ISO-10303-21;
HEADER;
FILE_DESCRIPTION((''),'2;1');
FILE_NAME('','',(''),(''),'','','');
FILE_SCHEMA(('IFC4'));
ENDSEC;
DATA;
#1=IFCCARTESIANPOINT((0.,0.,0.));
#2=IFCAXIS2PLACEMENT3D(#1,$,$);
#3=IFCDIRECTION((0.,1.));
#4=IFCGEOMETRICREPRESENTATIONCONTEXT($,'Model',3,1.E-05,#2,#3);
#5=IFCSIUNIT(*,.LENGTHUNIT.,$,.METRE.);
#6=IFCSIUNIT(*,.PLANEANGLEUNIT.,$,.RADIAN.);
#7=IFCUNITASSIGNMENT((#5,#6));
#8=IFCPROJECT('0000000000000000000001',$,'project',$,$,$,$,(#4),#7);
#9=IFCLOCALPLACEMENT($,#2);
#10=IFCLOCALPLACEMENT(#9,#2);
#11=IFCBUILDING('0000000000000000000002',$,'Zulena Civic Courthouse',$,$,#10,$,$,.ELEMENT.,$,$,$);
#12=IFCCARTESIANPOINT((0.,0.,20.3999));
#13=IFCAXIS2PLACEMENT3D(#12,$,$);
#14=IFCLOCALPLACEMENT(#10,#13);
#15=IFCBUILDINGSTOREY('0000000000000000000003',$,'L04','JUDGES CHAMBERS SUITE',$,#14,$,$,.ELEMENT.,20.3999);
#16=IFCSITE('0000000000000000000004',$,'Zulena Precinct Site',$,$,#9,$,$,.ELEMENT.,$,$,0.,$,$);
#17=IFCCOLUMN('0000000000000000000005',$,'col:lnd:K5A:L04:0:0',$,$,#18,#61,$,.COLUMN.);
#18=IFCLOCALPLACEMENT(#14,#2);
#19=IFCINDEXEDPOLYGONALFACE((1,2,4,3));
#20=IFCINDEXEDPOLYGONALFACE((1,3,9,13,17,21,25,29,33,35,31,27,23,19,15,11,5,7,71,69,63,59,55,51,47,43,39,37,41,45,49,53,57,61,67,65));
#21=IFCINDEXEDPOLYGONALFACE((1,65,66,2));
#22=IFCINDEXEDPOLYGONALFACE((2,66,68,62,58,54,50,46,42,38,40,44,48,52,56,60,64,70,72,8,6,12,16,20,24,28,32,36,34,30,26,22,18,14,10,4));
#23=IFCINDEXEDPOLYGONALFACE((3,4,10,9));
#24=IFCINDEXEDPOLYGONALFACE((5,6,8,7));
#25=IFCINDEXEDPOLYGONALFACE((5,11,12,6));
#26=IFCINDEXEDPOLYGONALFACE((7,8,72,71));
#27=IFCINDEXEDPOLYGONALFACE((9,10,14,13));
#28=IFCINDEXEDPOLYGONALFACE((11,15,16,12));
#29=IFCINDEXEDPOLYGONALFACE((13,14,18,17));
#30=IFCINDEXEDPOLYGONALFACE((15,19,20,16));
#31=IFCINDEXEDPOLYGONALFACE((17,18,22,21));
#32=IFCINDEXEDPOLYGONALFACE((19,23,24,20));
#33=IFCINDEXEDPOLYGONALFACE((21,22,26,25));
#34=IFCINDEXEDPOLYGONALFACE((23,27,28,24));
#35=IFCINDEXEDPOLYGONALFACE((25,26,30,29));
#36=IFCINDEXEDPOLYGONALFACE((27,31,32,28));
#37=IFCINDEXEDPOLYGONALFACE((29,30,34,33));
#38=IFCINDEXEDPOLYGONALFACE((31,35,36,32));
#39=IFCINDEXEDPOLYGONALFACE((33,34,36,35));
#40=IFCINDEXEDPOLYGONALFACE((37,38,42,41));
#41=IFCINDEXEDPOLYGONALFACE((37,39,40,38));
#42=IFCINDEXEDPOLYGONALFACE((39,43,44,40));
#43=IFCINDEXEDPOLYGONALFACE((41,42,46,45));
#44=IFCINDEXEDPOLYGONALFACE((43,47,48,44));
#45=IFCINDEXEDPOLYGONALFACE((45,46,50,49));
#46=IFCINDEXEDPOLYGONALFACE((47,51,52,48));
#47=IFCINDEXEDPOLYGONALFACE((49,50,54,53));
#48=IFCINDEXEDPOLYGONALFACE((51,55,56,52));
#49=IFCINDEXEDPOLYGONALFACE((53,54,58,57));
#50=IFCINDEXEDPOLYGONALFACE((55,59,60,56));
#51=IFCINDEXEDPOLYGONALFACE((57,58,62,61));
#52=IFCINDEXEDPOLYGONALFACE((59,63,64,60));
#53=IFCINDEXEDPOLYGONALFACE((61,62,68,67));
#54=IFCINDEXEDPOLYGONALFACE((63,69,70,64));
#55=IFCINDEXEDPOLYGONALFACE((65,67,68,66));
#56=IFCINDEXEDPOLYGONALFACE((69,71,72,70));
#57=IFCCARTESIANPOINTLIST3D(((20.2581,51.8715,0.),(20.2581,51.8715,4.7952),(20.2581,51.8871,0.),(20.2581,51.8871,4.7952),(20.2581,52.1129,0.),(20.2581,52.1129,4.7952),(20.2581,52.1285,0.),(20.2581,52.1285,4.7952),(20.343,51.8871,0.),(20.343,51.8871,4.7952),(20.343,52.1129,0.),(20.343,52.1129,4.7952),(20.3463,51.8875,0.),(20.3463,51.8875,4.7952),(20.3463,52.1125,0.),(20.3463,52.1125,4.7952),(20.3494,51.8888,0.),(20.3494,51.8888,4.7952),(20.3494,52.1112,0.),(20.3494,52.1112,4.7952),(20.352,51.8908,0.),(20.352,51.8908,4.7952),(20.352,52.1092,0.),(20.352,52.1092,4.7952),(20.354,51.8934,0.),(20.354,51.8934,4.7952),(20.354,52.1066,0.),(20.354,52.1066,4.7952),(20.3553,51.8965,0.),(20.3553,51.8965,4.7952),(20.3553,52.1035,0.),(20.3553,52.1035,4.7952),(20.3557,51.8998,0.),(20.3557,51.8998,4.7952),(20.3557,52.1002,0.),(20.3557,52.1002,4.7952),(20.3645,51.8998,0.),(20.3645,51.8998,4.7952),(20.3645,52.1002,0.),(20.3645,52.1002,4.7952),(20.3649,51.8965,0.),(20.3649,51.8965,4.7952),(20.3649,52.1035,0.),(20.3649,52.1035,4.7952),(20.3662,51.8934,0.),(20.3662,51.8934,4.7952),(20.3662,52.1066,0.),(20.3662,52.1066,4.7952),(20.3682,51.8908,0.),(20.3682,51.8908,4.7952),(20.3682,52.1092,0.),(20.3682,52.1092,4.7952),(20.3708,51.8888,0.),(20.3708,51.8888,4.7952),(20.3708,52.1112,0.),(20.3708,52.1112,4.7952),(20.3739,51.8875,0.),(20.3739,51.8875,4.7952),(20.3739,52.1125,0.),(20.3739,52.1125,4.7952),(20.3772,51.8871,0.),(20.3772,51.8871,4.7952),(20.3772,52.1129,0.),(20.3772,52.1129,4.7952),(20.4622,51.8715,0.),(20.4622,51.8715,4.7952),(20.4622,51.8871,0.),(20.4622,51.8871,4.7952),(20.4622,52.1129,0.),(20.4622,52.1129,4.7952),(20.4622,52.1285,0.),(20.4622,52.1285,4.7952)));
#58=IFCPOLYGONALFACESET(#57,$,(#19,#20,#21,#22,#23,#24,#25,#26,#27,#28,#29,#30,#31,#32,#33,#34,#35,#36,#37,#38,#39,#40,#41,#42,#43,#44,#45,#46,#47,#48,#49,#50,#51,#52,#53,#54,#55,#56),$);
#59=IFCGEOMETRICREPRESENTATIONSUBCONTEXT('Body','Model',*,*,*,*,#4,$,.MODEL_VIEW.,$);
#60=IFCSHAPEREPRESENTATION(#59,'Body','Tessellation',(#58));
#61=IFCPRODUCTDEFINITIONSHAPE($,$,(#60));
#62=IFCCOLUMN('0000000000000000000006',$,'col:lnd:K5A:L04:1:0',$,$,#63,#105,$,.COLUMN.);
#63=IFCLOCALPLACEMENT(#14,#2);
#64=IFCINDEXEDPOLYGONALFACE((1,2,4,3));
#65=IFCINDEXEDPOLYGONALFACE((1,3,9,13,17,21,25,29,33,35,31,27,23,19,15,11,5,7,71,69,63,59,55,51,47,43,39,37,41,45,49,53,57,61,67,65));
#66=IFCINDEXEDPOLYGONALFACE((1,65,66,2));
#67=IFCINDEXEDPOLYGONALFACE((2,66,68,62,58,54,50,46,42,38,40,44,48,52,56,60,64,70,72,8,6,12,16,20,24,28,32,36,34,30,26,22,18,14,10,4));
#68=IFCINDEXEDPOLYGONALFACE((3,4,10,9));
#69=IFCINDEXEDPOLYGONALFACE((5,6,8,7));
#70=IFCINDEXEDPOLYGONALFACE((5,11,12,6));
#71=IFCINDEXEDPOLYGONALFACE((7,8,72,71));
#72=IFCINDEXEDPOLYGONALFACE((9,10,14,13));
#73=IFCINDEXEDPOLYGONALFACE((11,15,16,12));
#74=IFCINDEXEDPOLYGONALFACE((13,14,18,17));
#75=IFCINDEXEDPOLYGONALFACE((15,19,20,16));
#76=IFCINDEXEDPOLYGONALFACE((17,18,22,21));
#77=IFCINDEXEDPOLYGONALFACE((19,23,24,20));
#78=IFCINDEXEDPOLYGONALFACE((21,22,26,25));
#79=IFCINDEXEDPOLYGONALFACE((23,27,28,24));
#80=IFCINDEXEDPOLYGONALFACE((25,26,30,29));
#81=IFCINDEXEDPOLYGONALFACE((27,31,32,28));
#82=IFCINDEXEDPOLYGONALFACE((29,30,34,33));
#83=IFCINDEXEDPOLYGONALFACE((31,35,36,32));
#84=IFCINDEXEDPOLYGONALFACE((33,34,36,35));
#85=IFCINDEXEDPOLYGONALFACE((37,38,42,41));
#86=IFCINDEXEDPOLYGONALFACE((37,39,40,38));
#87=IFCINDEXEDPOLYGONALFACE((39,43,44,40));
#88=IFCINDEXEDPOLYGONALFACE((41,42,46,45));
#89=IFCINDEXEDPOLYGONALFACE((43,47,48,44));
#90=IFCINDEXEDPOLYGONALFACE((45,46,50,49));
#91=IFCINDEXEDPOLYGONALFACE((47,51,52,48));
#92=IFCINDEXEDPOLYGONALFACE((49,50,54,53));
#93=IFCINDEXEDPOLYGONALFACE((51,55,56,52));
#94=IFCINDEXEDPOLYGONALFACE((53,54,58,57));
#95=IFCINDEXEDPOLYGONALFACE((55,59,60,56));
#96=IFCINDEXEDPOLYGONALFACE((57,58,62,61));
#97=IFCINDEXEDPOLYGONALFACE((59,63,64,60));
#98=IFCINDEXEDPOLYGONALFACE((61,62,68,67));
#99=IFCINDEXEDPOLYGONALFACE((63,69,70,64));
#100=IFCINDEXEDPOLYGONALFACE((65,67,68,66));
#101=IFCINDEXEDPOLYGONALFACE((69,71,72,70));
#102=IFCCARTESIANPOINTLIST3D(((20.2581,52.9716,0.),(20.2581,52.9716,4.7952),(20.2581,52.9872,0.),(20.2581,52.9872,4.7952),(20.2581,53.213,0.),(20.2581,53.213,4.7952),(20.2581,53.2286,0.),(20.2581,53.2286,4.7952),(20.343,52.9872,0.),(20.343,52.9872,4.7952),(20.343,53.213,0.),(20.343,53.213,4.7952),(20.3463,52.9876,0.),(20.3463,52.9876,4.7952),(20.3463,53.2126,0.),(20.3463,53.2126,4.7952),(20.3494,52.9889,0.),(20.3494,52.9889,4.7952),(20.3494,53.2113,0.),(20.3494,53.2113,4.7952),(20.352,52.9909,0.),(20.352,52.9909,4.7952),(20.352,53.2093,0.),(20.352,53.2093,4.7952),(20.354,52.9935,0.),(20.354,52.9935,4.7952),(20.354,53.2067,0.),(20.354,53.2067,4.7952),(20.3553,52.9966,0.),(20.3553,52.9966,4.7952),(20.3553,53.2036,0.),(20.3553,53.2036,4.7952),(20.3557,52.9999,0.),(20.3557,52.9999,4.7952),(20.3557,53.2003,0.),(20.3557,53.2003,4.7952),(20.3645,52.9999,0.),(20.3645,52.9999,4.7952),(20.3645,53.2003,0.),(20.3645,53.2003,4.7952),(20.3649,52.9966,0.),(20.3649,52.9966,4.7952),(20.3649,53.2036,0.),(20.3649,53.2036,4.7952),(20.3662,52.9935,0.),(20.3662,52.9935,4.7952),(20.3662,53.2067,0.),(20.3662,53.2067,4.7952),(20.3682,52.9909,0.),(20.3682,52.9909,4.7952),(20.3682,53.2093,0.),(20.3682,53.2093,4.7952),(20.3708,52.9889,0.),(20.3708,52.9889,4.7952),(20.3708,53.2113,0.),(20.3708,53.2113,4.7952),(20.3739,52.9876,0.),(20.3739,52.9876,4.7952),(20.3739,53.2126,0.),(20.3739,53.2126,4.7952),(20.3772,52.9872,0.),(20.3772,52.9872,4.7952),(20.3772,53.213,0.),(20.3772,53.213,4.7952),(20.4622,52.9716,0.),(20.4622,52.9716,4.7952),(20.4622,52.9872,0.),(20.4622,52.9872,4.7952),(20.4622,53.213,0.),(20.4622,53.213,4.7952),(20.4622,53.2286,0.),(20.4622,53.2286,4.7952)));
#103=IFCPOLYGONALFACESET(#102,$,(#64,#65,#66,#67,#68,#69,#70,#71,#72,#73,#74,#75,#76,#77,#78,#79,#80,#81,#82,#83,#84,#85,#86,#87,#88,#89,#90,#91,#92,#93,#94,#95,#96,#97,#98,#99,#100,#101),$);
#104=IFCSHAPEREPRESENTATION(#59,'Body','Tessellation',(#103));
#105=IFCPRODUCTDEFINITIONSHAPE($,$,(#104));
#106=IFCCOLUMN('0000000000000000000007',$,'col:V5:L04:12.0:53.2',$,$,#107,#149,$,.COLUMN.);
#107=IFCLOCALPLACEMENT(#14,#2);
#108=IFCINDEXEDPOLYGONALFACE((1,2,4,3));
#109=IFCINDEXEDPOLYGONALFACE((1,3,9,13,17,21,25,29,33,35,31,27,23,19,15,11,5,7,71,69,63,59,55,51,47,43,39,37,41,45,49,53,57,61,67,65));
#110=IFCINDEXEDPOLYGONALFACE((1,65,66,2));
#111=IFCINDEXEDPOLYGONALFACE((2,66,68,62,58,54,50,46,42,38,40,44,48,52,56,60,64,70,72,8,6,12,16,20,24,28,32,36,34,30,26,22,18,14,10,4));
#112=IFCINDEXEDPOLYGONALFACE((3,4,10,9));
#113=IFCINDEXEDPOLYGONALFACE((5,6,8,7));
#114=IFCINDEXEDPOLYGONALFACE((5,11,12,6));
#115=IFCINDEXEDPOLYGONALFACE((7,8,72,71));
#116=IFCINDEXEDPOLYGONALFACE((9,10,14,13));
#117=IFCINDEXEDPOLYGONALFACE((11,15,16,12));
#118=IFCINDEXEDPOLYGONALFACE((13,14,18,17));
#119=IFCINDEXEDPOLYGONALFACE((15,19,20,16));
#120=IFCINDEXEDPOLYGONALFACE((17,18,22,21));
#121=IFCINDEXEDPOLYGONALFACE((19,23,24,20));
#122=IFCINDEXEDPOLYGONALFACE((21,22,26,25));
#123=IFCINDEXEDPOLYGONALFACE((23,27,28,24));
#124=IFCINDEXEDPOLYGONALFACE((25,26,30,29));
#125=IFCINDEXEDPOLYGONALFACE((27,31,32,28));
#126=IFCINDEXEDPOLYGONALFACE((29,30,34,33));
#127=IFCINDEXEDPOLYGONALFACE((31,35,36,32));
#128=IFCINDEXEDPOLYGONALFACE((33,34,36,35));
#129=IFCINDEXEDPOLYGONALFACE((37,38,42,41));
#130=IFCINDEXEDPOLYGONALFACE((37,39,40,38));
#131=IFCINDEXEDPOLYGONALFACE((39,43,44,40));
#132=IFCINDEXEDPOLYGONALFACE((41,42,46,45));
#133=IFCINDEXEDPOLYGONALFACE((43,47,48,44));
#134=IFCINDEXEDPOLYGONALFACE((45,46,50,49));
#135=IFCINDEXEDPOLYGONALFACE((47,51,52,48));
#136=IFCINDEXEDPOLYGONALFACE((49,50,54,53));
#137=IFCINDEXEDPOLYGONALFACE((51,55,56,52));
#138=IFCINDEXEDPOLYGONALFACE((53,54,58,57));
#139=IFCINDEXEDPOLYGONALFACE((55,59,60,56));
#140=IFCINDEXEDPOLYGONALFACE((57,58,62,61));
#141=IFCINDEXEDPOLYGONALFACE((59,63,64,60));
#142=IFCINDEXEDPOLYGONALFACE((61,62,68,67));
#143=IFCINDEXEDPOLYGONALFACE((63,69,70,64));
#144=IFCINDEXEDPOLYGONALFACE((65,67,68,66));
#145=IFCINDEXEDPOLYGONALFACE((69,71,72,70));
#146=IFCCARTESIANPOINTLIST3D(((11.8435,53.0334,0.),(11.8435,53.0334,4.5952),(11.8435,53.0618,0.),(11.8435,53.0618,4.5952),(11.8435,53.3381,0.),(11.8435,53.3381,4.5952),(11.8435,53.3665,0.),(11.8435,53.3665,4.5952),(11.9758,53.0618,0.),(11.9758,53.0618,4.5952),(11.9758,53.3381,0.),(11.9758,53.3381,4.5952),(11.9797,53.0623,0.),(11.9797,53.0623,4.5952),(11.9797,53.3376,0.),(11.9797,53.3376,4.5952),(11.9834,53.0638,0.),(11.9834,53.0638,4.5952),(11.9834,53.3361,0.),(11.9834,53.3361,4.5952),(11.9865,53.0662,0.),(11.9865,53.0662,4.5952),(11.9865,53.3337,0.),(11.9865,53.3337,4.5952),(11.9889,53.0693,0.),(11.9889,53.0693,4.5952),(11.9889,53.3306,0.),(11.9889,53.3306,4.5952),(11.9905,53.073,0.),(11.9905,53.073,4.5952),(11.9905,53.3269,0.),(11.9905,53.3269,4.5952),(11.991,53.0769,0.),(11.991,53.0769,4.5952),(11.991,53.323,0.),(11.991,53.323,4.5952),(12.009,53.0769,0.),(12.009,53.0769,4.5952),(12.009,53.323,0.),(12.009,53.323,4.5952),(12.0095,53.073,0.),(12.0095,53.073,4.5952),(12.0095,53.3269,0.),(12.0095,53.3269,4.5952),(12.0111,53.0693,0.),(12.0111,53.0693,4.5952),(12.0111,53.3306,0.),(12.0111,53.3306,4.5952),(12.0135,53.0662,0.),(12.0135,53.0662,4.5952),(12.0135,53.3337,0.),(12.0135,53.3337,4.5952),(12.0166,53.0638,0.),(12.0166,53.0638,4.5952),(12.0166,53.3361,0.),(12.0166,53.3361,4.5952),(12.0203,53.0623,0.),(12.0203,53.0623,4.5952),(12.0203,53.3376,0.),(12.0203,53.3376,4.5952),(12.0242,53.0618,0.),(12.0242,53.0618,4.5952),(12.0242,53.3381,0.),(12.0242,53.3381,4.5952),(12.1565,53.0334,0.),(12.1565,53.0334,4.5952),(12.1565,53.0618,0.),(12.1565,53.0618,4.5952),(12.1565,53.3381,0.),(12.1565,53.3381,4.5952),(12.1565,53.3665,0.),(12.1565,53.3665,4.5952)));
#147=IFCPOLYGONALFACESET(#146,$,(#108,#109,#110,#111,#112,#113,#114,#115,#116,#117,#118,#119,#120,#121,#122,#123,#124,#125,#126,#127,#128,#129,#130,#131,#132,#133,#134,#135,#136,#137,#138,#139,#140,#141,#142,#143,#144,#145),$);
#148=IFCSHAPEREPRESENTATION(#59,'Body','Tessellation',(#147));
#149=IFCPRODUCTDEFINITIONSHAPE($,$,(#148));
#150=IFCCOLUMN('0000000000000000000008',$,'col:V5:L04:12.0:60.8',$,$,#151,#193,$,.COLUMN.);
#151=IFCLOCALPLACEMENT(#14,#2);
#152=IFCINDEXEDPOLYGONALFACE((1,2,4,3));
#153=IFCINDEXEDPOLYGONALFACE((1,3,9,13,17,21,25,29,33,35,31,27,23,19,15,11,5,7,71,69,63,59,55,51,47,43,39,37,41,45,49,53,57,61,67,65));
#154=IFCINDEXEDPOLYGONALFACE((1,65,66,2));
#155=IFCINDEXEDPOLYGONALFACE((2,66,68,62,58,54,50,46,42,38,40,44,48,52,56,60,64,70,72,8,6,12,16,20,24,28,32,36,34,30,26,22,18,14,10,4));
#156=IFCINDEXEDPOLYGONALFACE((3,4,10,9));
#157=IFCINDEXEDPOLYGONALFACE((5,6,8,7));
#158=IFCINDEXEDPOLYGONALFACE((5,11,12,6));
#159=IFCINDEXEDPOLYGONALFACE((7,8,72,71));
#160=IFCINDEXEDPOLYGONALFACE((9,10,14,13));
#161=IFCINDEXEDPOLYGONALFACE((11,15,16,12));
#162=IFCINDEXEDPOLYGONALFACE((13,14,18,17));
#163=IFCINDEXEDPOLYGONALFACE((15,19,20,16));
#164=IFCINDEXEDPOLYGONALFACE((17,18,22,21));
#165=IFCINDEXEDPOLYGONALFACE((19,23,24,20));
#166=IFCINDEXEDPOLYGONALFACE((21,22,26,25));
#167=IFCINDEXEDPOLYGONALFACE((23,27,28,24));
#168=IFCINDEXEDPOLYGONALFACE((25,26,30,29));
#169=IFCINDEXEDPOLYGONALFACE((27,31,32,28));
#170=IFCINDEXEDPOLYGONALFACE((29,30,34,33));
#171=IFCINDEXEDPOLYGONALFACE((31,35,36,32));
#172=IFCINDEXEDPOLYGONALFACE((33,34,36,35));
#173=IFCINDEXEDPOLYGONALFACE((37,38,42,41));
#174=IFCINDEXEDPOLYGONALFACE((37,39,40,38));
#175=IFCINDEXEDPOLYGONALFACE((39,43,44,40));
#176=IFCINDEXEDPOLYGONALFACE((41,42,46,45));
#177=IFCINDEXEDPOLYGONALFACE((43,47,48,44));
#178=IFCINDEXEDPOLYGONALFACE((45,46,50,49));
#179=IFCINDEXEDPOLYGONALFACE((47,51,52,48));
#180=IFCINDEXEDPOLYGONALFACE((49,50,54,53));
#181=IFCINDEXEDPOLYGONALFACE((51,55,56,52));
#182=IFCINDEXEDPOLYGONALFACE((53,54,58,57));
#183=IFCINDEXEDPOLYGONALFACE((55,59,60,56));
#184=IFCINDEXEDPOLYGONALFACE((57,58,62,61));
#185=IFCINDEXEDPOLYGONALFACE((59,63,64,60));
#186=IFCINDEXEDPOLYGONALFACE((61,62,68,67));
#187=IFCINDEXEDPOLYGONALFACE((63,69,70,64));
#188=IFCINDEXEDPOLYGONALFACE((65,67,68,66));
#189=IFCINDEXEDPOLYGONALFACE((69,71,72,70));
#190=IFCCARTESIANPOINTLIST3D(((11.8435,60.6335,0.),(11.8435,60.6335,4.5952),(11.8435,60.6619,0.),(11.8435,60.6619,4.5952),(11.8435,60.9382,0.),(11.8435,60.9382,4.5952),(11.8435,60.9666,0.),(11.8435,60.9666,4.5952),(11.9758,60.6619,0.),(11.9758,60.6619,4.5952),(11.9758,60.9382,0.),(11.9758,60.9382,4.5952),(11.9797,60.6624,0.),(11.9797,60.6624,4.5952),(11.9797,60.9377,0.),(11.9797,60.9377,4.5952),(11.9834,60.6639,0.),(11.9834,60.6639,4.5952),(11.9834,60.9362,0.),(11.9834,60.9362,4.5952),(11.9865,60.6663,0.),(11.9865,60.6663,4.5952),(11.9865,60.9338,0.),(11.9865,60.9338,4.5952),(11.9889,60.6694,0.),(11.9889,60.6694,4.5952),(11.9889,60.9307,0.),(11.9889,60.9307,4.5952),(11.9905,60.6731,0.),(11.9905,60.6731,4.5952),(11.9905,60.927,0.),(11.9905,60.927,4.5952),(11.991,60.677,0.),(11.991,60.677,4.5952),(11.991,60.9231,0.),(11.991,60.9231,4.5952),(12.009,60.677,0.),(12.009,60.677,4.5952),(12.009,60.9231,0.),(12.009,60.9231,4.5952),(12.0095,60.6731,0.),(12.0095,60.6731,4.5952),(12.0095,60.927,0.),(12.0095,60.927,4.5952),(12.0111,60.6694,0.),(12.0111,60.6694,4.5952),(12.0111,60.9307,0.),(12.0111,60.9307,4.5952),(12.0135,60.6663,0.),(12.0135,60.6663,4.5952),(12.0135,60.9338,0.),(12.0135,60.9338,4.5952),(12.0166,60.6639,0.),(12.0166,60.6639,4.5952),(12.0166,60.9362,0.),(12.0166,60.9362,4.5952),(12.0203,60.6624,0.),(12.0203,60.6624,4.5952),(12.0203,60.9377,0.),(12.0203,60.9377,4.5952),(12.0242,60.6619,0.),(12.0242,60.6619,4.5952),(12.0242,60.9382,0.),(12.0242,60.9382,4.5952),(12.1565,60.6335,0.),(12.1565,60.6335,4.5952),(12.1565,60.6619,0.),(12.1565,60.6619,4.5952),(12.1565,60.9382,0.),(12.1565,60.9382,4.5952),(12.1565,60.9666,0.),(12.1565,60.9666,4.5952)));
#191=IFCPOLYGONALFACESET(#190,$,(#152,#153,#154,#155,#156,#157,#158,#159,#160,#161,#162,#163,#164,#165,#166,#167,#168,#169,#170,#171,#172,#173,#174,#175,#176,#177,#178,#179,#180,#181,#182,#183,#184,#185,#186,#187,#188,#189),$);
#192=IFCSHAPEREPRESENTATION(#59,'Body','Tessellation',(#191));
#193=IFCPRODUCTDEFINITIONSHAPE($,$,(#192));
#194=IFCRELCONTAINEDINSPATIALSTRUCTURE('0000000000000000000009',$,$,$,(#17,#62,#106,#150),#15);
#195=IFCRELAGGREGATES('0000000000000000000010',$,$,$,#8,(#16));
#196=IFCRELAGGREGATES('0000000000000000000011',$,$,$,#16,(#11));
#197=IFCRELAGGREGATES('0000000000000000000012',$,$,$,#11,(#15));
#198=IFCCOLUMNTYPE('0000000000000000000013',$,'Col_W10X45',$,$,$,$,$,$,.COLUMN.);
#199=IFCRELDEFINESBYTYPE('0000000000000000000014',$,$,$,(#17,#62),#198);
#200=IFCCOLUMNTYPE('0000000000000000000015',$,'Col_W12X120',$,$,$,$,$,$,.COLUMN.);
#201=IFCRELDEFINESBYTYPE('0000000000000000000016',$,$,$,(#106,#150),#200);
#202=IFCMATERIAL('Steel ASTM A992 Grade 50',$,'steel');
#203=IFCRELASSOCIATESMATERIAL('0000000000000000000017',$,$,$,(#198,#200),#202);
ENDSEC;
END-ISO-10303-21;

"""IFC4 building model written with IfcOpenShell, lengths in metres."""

from ifc_helpers import new_model, si_unit, direction, frame, origin, origin_2d, place, context, subcontext, project, spatial, i_section, extrude, material, material_profile, profile_set, type_object, element, save


model = new_model("IFC4")

# Units and contexts
model_context = context("Model", 3, precision=1e-05, world=origin(), true_north=direction((0.0, 1.0)))
body_context = subcontext(model_context, "Body", "Model", "MODEL_VIEW")
ifc_project = project(units=[si_unit("LENGTHUNIT", "METRE"), si_unit("PLANEANGLEUNIT", "RADIAN")], contexts=[model_context])

# Site, building, storey
site_placement = place(None, origin())
site = spatial("IfcSite", under=ifc_project, at=site_placement, Name="Zulena Precinct Site", CompositionType="ELEMENT", RefElevation=0.0)
building_placement = place(site_placement, origin())
building = spatial("IfcBuilding", under=site, at=building_placement, Name="Zulena Civic Courthouse", CompositionType="ELEMENT")
storey_placement = place(building_placement, frame((0.0, 0.0, 20.3999)))
storey = spatial("IfcBuildingStorey", under=building, at=storey_placement, Name="L04", Description="JUDGES CHAMBERS SUITE", CompositionType="ELEMENT", Elevation=20.3999)

# Columns
ifc_material_1 = material(Name="Steel ASTM A992 Grade 50", Category="steel")
ifc_material_profile_1 = material_profile(ifc_material_1, i_section(OverallWidth=0.2041, OverallDepth=0.2571, WebThickness=0.0088, FlangeThickness=0.0156, FilletRadius=0.0127, at=origin_2d()), Name="W10X45")
ifc_profile_set_1 = profile_set([ifc_material_profile_1], Name="Steel ASTM A992 Grade 50")
column_type_1 = type_object("IfcColumnType", Name="Col_W10X45", PredefinedType="COLUMN", material=ifc_profile_set_1)
for number, where, z_axis, x_axis, name in (
    (1, (20.3601, 52.0, 0.0), (0.0, 0.0, 1.0), (1.0, 0.0, 0.0), "col:lnd:K5A:L04:0:0"),
    (2, (20.3601, 53.1001, 0.0), (0.0, 0.0, 1.0), (1.0, 0.0, 0.0), "col:lnd:K5A:L04:1:0"),
):
    element("IfcColumn", number, at=place(storey_placement, frame(where, z_axis=z_axis, x_axis=x_axis)), inside=storey, type_object=column_type_1, Name=name, PredefinedType="COLUMN", context=body_context, shape_type="SweptSolid", body=[
        extrude(i_section(OverallWidth=0.2041, OverallDepth=0.2571, WebThickness=0.0088, FlangeThickness=0.0156, FilletRadius=0.0127, at=origin_2d()), origin(), (0.0, 0.0, 1.0), 4.7952),
    ])
ifc_material_profile_2 = material_profile(ifc_material_1, i_section(OverallWidth=0.313, OverallDepth=0.333, WebThickness=0.0181, FlangeThickness=0.0283, FilletRadius=0.0151, at=origin_2d()), Name="W12X120")
ifc_profile_set_2 = profile_set([ifc_material_profile_2], Name="Steel ASTM A992 Grade 50")
column_type_2 = type_object("IfcColumnType", Name="Col_W12X120", PredefinedType="COLUMN", material=ifc_profile_set_2)
for number, where, z_axis, x_axis, name in (
    (3, (12.0, 53.2, 0.0), (0.0, 0.0, 1.0), (1.0, 0.0, 0.0), "col:V5:L04:12.0:53.2"),
    (4, (12.0, 60.8, 0.0), (0.0, 0.0, 1.0), (1.0, 0.0, 0.0), "col:V5:L04:12.0:60.8"),
):
    element("IfcColumn", number, at=place(storey_placement, frame(where, z_axis=z_axis, x_axis=x_axis)), inside=storey, type_object=column_type_2, Name=name, PredefinedType="COLUMN", context=body_context, shape_type="SweptSolid", body=[
        extrude(i_section(OverallWidth=0.313, OverallDepth=0.333, WebThickness=0.0181, FlangeThickness=0.0283, FilletRadius=0.0151, at=origin_2d()), origin(), (0.0, 0.0, 1.0), 4.5952),
    ])

save(model, "model.ifc")
